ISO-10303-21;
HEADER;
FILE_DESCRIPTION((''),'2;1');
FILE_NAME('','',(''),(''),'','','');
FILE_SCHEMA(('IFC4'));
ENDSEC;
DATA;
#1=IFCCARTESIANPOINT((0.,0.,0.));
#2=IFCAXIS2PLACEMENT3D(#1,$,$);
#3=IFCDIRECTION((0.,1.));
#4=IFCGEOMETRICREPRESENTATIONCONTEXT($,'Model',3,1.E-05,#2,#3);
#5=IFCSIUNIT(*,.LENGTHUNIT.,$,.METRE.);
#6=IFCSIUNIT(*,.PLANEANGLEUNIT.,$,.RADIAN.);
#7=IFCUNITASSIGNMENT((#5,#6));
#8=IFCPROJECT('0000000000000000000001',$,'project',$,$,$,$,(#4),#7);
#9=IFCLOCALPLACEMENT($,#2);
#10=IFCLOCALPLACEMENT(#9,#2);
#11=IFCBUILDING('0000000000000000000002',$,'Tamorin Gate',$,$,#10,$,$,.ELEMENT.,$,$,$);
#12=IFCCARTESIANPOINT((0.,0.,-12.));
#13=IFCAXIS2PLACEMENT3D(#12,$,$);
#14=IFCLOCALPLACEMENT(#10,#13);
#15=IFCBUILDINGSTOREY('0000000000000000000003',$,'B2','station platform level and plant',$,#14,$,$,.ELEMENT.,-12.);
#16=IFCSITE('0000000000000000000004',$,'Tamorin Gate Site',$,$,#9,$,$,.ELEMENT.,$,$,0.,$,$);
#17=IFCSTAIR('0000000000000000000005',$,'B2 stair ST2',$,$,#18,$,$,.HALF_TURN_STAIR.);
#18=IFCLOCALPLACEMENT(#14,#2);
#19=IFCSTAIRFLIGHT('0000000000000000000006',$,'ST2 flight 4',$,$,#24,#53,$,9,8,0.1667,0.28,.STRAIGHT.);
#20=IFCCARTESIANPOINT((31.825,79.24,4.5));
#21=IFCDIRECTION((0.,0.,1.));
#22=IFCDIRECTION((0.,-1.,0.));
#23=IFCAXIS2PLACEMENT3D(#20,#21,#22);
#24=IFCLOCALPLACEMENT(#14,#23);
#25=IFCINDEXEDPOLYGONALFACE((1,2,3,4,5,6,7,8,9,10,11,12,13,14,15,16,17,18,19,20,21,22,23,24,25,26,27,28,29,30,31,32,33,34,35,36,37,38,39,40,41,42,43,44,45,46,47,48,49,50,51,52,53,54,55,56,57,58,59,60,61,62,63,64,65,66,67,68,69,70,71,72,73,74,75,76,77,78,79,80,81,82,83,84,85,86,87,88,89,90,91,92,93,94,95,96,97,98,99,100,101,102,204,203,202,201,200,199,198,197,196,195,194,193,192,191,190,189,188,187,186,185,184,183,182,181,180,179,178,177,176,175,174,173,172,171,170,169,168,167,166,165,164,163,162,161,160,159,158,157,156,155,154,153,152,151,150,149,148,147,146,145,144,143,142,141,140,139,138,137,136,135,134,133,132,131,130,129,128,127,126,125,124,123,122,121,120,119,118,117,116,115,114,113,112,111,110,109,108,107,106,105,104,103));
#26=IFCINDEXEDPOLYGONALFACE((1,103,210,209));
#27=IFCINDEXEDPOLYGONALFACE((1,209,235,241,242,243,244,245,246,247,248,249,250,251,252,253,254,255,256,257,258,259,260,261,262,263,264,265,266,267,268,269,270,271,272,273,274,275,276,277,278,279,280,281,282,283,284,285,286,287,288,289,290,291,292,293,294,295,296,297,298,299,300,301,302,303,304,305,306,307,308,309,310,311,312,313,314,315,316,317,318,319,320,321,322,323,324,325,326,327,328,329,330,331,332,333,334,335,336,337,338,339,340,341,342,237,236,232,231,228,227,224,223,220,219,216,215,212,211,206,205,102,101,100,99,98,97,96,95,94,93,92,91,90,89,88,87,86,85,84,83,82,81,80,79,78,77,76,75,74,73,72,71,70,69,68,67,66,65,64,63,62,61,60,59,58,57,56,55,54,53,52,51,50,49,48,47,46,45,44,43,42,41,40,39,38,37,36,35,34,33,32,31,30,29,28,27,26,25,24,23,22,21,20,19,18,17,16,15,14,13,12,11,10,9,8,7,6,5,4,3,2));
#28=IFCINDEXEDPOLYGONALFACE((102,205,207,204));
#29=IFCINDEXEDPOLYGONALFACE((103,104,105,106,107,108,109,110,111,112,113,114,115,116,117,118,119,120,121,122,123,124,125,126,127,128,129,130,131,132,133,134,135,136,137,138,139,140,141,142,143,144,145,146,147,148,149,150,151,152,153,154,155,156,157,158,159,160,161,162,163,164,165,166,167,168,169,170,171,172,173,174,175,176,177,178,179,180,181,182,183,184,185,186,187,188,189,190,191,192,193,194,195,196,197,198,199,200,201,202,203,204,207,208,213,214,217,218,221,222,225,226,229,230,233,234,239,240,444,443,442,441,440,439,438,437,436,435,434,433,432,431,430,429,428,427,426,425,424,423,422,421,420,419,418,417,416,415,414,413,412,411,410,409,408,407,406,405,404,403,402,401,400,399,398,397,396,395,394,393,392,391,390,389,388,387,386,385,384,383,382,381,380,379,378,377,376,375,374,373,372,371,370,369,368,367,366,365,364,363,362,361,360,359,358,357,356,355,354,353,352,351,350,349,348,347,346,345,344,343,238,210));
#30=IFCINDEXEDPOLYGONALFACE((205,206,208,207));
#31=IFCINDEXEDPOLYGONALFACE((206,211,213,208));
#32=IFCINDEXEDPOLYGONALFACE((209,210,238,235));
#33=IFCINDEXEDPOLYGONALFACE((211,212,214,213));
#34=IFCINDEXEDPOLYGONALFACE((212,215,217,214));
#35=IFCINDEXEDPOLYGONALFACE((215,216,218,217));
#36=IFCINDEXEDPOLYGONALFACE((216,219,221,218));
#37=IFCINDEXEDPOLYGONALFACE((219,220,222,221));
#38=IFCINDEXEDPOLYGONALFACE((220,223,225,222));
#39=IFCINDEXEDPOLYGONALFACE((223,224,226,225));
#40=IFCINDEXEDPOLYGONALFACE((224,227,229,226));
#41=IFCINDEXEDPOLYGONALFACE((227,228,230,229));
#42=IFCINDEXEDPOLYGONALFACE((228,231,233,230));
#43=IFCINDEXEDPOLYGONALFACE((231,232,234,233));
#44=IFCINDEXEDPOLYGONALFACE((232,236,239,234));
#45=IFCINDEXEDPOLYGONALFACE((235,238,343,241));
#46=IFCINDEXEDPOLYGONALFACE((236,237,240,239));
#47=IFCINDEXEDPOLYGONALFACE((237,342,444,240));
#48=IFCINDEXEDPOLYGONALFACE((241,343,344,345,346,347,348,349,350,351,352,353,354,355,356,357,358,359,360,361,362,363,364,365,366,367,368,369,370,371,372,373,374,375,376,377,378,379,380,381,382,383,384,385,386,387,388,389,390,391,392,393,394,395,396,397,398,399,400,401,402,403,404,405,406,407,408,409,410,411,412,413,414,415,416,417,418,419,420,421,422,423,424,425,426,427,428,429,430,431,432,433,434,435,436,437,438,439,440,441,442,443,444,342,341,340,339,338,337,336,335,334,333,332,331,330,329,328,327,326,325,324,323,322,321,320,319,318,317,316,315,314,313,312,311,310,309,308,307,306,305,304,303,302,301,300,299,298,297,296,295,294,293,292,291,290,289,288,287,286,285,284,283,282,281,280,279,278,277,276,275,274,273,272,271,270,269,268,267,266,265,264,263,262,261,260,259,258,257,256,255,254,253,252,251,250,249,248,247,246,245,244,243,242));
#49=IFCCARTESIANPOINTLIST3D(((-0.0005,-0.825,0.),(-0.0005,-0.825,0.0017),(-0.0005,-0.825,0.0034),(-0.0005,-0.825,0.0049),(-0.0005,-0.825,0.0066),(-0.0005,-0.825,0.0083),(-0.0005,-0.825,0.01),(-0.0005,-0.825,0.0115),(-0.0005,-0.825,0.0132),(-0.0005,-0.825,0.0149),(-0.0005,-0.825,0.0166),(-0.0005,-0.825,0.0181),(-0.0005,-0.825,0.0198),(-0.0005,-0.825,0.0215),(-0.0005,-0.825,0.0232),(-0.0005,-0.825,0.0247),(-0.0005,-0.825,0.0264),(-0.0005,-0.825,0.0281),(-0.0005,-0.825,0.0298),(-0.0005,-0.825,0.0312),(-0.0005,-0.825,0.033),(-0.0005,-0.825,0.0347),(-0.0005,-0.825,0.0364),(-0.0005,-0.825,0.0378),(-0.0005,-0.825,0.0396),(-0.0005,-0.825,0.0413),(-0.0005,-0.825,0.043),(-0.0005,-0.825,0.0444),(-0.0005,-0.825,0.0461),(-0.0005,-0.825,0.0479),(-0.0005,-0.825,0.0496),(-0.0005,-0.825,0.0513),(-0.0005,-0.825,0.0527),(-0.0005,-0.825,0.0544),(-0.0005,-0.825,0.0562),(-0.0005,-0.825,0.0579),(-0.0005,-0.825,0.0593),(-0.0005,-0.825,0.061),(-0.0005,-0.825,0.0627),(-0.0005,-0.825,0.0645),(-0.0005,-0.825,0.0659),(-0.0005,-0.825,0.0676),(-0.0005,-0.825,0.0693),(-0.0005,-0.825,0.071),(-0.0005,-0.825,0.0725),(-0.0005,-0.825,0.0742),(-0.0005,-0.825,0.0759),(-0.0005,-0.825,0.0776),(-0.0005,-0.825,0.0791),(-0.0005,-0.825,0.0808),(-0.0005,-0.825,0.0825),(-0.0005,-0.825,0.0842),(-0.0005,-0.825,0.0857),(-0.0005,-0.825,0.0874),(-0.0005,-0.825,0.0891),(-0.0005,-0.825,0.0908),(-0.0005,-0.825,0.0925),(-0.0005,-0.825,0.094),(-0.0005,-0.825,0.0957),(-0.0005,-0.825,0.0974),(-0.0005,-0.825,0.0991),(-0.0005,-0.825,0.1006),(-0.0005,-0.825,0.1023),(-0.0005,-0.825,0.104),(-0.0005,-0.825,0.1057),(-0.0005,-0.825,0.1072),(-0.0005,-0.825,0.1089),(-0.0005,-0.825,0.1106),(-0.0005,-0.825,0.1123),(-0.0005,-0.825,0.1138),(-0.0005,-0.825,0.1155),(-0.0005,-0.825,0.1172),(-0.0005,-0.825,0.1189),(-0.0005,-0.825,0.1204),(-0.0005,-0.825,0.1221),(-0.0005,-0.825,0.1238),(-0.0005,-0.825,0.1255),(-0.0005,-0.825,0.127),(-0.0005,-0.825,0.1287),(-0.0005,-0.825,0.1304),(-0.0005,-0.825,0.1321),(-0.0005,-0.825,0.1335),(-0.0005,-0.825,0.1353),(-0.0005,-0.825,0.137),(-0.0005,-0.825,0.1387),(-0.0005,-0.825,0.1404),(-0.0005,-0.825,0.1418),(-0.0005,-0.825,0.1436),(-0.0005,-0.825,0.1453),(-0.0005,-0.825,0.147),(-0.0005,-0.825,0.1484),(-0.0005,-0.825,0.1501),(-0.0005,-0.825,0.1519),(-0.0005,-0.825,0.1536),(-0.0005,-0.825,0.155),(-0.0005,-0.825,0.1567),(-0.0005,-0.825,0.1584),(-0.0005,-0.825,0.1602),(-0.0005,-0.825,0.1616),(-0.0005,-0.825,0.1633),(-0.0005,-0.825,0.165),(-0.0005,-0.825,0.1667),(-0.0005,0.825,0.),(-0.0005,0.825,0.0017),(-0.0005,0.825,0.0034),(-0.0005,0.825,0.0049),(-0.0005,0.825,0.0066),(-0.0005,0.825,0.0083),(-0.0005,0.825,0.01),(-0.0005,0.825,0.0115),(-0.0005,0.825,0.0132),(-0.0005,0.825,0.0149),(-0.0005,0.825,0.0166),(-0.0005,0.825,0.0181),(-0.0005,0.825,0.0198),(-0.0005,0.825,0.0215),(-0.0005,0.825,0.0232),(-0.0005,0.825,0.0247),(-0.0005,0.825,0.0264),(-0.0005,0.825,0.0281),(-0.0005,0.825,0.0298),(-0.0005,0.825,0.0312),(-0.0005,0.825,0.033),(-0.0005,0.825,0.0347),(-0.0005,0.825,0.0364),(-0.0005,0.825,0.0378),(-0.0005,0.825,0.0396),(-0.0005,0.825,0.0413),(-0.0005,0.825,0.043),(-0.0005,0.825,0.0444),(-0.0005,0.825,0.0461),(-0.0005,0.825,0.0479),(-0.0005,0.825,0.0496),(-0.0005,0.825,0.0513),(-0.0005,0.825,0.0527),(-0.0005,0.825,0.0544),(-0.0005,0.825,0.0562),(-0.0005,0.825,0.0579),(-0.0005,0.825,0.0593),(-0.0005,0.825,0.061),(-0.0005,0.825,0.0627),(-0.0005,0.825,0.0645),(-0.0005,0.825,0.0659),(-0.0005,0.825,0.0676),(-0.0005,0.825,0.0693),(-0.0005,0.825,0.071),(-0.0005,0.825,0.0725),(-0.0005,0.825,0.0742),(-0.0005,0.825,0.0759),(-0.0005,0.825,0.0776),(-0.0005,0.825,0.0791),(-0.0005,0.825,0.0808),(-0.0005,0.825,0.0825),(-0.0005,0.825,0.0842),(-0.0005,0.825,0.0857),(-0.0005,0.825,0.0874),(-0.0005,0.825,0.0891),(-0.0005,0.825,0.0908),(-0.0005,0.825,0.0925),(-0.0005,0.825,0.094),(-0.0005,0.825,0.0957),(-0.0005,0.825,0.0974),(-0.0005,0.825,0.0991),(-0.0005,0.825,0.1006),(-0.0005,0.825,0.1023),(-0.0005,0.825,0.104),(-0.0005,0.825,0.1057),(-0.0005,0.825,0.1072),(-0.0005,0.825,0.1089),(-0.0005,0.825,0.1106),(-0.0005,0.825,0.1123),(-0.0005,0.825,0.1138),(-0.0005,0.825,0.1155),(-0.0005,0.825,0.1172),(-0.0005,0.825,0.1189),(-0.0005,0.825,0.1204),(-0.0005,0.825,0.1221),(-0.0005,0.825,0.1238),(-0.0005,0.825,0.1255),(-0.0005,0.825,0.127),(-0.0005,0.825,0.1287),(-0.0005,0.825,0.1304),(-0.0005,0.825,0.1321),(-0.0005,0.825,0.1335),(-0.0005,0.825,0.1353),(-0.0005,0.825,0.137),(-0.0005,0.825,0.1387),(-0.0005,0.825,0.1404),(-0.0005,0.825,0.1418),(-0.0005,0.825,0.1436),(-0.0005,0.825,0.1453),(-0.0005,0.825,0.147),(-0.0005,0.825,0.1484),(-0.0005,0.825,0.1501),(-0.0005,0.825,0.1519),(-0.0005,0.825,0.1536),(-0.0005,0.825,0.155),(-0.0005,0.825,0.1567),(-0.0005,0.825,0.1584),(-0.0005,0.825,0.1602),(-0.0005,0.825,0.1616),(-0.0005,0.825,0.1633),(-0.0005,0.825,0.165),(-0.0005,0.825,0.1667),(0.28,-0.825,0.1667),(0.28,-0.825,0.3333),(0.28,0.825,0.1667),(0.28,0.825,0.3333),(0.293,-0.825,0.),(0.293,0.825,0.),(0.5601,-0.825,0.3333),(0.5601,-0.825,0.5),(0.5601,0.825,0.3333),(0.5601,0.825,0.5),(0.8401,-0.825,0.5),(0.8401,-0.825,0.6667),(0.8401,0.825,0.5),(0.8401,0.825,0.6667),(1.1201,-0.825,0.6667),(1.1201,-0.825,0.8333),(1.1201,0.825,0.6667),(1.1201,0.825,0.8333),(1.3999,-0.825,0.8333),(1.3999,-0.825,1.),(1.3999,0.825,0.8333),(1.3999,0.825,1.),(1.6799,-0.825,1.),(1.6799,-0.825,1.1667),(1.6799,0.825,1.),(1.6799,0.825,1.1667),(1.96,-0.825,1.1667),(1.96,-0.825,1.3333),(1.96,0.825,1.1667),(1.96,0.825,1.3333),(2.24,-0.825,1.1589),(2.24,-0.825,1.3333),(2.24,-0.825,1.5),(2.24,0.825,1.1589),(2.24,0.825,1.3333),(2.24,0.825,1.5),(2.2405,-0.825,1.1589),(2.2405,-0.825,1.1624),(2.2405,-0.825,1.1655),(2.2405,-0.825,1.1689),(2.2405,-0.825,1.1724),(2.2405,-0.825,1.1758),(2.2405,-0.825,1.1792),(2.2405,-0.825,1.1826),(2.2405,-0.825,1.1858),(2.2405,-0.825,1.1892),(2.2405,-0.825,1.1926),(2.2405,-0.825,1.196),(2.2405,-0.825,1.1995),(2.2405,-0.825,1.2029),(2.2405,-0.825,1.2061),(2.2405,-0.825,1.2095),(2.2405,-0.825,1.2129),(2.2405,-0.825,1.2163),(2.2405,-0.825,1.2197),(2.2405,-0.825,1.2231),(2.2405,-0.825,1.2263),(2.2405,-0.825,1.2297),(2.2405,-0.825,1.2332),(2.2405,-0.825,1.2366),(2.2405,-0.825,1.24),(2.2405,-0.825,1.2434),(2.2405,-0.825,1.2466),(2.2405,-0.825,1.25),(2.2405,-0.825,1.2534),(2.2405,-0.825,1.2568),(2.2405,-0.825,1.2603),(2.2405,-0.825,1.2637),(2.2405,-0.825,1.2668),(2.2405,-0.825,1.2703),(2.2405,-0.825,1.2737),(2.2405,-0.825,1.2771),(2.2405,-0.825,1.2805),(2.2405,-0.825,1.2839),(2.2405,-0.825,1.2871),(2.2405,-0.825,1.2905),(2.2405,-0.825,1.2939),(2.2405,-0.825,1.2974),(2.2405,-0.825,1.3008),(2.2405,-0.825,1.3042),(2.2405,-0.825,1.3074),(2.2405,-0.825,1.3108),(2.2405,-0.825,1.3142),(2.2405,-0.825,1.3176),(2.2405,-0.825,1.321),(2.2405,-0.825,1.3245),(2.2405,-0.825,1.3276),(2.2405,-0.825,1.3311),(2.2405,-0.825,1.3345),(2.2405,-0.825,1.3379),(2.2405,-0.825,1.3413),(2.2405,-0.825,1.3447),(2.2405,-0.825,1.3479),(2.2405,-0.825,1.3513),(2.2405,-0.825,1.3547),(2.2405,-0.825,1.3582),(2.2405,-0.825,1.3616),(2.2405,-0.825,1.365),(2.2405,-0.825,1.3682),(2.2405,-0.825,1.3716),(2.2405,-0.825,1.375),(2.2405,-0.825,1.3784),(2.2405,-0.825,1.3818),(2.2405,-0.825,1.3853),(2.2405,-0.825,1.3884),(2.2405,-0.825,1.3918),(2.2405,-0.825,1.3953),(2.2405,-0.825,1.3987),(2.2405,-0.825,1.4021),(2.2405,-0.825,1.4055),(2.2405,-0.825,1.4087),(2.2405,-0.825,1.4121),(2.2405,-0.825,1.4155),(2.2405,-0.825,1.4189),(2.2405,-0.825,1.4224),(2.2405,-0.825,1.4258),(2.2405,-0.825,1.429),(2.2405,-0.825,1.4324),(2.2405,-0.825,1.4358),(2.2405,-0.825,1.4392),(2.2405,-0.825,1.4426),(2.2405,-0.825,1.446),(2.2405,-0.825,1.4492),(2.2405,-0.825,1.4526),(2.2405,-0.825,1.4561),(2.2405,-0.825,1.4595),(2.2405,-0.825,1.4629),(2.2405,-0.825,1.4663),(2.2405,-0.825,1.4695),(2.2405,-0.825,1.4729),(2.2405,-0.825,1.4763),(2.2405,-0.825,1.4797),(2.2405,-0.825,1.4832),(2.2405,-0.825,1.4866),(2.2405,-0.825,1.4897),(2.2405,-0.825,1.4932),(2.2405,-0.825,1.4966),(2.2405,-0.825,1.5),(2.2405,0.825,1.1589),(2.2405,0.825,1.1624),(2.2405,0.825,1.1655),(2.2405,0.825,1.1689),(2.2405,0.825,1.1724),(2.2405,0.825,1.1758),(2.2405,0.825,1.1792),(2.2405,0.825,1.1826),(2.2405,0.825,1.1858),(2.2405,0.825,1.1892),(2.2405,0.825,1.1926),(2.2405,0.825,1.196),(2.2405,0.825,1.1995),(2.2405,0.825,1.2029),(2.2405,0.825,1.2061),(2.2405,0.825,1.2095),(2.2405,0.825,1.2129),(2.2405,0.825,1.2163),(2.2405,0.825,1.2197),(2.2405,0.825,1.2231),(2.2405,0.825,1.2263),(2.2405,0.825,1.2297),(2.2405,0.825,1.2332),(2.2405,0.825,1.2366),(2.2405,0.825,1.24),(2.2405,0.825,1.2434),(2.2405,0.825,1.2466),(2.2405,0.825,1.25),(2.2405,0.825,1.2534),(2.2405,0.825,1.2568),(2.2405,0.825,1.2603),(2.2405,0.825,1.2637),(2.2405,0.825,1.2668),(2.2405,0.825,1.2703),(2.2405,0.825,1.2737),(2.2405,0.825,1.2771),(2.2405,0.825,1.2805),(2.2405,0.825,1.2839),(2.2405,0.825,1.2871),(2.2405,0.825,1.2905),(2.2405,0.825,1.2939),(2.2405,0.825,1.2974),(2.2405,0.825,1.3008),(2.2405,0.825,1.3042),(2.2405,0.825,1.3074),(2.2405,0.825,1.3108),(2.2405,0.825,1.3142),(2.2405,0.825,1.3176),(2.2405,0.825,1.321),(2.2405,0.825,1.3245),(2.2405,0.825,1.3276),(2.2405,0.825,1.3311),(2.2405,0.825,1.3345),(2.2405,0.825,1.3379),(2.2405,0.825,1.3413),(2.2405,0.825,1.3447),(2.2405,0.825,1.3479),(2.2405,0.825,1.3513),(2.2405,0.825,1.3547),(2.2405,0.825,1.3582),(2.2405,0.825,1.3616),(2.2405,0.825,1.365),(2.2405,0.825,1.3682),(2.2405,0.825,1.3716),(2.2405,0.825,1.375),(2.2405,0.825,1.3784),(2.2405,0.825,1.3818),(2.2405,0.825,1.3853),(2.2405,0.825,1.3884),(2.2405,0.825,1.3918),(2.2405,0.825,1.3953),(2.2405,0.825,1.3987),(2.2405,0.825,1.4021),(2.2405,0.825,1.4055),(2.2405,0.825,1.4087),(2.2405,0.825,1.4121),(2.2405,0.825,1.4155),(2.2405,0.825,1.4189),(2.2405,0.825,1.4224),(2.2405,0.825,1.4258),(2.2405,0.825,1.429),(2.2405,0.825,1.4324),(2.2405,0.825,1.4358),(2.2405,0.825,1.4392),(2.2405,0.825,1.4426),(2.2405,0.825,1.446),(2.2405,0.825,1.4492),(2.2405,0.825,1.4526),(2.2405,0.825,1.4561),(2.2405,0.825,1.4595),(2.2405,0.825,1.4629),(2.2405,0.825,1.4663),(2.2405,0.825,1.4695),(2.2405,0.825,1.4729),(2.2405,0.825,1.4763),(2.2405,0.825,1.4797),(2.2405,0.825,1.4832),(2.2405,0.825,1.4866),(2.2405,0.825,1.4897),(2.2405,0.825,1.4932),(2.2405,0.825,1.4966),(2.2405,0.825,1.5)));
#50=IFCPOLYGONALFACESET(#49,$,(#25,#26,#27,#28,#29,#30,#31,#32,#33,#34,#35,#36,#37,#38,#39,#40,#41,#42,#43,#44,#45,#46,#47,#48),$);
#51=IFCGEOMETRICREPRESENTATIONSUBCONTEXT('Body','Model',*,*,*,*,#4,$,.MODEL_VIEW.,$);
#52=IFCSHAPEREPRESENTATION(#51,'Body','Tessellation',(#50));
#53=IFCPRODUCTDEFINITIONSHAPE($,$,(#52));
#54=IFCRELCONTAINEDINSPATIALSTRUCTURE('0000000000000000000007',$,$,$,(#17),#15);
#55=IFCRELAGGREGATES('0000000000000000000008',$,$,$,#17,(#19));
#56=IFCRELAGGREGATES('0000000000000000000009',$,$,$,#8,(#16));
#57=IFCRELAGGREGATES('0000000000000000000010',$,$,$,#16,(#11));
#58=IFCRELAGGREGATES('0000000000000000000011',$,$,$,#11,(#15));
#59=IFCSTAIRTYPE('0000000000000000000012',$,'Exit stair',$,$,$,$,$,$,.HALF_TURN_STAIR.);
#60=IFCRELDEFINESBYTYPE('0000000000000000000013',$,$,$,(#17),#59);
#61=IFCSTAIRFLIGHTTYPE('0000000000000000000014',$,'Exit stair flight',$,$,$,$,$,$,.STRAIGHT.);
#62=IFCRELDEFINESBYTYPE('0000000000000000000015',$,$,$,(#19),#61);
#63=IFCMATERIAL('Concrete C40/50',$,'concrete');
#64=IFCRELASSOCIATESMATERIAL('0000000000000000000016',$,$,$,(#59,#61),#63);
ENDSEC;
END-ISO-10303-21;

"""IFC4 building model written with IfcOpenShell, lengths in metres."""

from ifc_helpers import new_model, si_unit, direction, frame, origin, place, context, subcontext, project, spatial, polyline, outline, extrude, material, type_object, element, aggregate, save


model = new_model("IFC4")

# Units and contexts
model_context = context("Model", 3, precision=1e-05, world=origin(), true_north=direction((0.0, 1.0)))
body_context = subcontext(model_context, "Body", "Model", "MODEL_VIEW")
ifc_project = project(units=[si_unit("LENGTHUNIT", "METRE"), si_unit("PLANEANGLEUNIT", "RADIAN")], contexts=[model_context])

# Site, building, storey
site_placement = place(None, origin())
site = spatial("IfcSite", under=ifc_project, at=site_placement, Name="Tamorin Gate Site", CompositionType="ELEMENT", RefElevation=0.0)
building_placement = place(site_placement, origin())
building = spatial("IfcBuilding", under=site, at=building_placement, Name="Tamorin Gate", CompositionType="ELEMENT")
storey_placement = place(building_placement, frame((0.0, 0.0, -12.0)))
storey = spatial("IfcBuildingStorey", under=building, at=storey_placement, Name="B2", Description="station platform level and plant", CompositionType="ELEMENT", Elevation=-12.0)

# Shared definitions
ifc_material_1 = material(Name="Concrete C40/50", Category="concrete")

# Stair, stair flight
stair_type = type_object("IfcStairType", Name="Exit stair", PredefinedType="HALF_TURN_STAIR", material=ifc_material_1)
stair_placement = place(storey_placement, origin())
stair = element("IfcStair", 1, at=stair_placement, inside=storey, type_object=stair_type, Name="B2 stair ST2", PredefinedType="HALF_TURN_STAIR")
stair_flight_type = type_object("IfcStairFlightType", Name="Exit stair flight", PredefinedType="STRAIGHT", material=ifc_material_1)
stair_flight_1_placement = place(storey_placement, frame((31.825, 79.24, 4.5), z_axis=(0.0, 0.0, 1.0), x_axis=(0.0, -1.0, 0.0)))
stair_flight_1 = element("IfcStairFlight", 2, at=stair_flight_1_placement, type_object=stair_flight_type, Name="ST2 flight 4", NumberOfRisers=9, NumberOfTreads=8, PredefinedType="STRAIGHT", RiserHeight=0.1667, TreadLength=0.28, context=body_context, shape_type="SweptSolid", body=[
    extrude(outline(polyline([(-0.0005, 0.0), (-0.0005, 0.0017), (-0.0005, 0.0034), (-0.0005, 0.0049), (-0.0005, 0.0066), (-0.0005, 0.0083), (-0.0005, 0.01), (-0.0005, 0.0115), (-0.0005, 0.0132), (-0.0005, 0.0149), (-0.0005, 0.0166), (-0.0005, 0.0181), (-0.0005, 0.0198), (-0.0005, 0.0215), (-0.0005, 0.0232), (-0.0005, 0.0247), (-0.0005, 0.0264), (-0.0005, 0.0281), (-0.0005, 0.0298), (-0.0005, 0.0312), (-0.0005, 0.033), (-0.0005, 0.0347), (-0.0005, 0.0364), (-0.0005, 0.0378), (-0.0005, 0.0396), (-0.0005, 0.0413), (-0.0005, 0.043), (-0.0005, 0.0444), (-0.0005, 0.0461), (-0.0005, 0.0479), (-0.0005, 0.0496), (-0.0005, 0.0513), (-0.0005, 0.0527), (-0.0005, 0.0544), (-0.0005, 0.0562), (-0.0005, 0.0579), (-0.0005, 0.0593), (-0.0005, 0.061), (-0.0005, 0.0627), (-0.0005, 0.0645), (-0.0005, 0.0659), (-0.0005, 0.0676), (-0.0005, 0.0693), (-0.0005, 0.071), (-0.0005, 0.0725), (-0.0005, 0.0742), (-0.0005, 0.0759), (-0.0005, 0.0776), (-0.0005, 0.0791), (-0.0005, 0.0808), (-0.0005, 0.0825), (-0.0005, 0.0842), (-0.0005, 0.0857), (-0.0005, 0.0874), (-0.0005, 0.0891), (-0.0005, 0.0908), (-0.0005, 0.0925), (-0.0005, 0.094), (-0.0005, 0.0957), (-0.0005, 0.0974), (-0.0005, 0.0991), (-0.0005, 0.1006), (-0.0005, 0.1023), (-0.0005, 0.104), (-0.0005, 0.1057), (-0.0005, 0.1072), (-0.0005, 0.1089), (-0.0005, 0.1106), (-0.0005, 0.1123), (-0.0005, 0.1138), (-0.0005, 0.1155), (-0.0005, 0.1172), (-0.0005, 0.1189), (-0.0005, 0.1204), (-0.0005, 0.1221), (-0.0005, 0.1238), (-0.0005, 0.1255), (-0.0005, 0.127), (-0.0005, 0.1287), (-0.0005, 0.1304), (-0.0005, 0.1321), (-0.0005, 0.1335), (-0.0005, 0.1353), (-0.0005, 0.137), (-0.0005, 0.1387), (-0.0005, 0.1404), (-0.0005, 0.1418), (-0.0005, 0.1436), (-0.0005, 0.1453), (-0.0005, 0.147), (-0.0005, 0.1484), (-0.0005, 0.1501), (-0.0005, 0.1519), (-0.0005, 0.1536), (-0.0005, 0.155), (-0.0005, 0.1567), (-0.0005, 0.1584), (-0.0005, 0.1602), (-0.0005, 0.1616), (-0.0005, 0.1633), (-0.0005, 0.165), (-0.0005, 0.1667), (0.28, 0.1667), (0.28, 0.3333), (0.5601, 0.3333), (0.5601, 0.5), (0.8401, 0.5), (0.8401, 0.6667), (1.1201, 0.6667), (1.1201, 0.8333), (1.3999, 0.8333), (1.3999, 1.0), (1.6799, 1.0), (1.6799, 1.1667), (1.96, 1.1667), (1.96, 1.3333), (2.24, 1.3333), (2.24, 1.5), (2.2405, 1.5), (2.2405, 1.4966), (2.2405, 1.4932), (2.2405, 1.4897), (2.2405, 1.4866), (2.2405, 1.4832), (2.2405, 1.4797), (2.2405, 1.4763), (2.2405, 1.4729), (2.2405, 1.4695), (2.2405, 1.4663), (2.2405, 1.4629), (2.2405, 1.4595), (2.2405, 1.4561), (2.2405, 1.4526), (2.2405, 1.4492), (2.2405, 1.446), (2.2405, 1.4426), (2.2405, 1.4392), (2.2405, 1.4358), (2.2405, 1.4324), (2.2405, 1.429), (2.2405, 1.4258), (2.2405, 1.4224), (2.2405, 1.4189), (2.2405, 1.4155), (2.2405, 1.4121), (2.2405, 1.4087), (2.2405, 1.4055), (2.2405, 1.4021), (2.2405, 1.3987), (2.2405, 1.3953), (2.2405, 1.3918), (2.2405, 1.3884), (2.2405, 1.3853), (2.2405, 1.3818), (2.2405, 1.3784), (2.2405, 1.375), (2.2405, 1.3716), (2.2405, 1.3682), (2.2405, 1.365), (2.2405, 1.3616), (2.2405, 1.3582), (2.2405, 1.3547), (2.2405, 1.3513), (2.2405, 1.3479), (2.2405, 1.3447), (2.2405, 1.3413), (2.2405, 1.3379), (2.2405, 1.3345), (2.2405, 1.3311), (2.2405, 1.3276), (2.2405, 1.3245), (2.2405, 1.321), (2.2405, 1.3176), (2.2405, 1.3142), (2.2405, 1.3108), (2.2405, 1.3074), (2.2405, 1.3042), (2.2405, 1.3008), (2.2405, 1.2974), (2.2405, 1.2939), (2.2405, 1.2905), (2.2405, 1.2871), (2.2405, 1.2839), (2.2405, 1.2805), (2.2405, 1.2771), (2.2405, 1.2737), (2.2405, 1.2703), (2.2405, 1.2668), (2.2405, 1.2637), (2.2405, 1.2603), (2.2405, 1.2568), (2.2405, 1.2534), (2.2405, 1.25), (2.2405, 1.2466), (2.2405, 1.2434), (2.2405, 1.24), (2.2405, 1.2366), (2.2405, 1.2332), (2.2405, 1.2297), (2.2405, 1.2263), (2.2405, 1.2231), (2.2405, 1.2197), (2.2405, 1.2163), (2.2405, 1.2129), (2.2405, 1.2095), (2.2405, 1.2061), (2.2405, 1.2029), (2.2405, 1.1995), (2.2405, 1.196), (2.2405, 1.1926), (2.2405, 1.1892), (2.2405, 1.1858), (2.2405, 1.1826), (2.2405, 1.1792), (2.2405, 1.1758), (2.2405, 1.1724), (2.2405, 1.1689), (2.2405, 1.1655), (2.2405, 1.1624), (2.2405, 1.1589), (2.24, 1.1589), (0.293, 0.0), (-0.0005, 0.0)])), frame((0.0, 0.825, 0.0), z_axis=(0.0, -1.0, 0.0), x_axis=(1.0, 0.0, 0.0)), (0.0, 0.0, 1.0), 1.6499),
])
aggregate(stair, [stair_flight_1])

save(model, "model.ifc")
